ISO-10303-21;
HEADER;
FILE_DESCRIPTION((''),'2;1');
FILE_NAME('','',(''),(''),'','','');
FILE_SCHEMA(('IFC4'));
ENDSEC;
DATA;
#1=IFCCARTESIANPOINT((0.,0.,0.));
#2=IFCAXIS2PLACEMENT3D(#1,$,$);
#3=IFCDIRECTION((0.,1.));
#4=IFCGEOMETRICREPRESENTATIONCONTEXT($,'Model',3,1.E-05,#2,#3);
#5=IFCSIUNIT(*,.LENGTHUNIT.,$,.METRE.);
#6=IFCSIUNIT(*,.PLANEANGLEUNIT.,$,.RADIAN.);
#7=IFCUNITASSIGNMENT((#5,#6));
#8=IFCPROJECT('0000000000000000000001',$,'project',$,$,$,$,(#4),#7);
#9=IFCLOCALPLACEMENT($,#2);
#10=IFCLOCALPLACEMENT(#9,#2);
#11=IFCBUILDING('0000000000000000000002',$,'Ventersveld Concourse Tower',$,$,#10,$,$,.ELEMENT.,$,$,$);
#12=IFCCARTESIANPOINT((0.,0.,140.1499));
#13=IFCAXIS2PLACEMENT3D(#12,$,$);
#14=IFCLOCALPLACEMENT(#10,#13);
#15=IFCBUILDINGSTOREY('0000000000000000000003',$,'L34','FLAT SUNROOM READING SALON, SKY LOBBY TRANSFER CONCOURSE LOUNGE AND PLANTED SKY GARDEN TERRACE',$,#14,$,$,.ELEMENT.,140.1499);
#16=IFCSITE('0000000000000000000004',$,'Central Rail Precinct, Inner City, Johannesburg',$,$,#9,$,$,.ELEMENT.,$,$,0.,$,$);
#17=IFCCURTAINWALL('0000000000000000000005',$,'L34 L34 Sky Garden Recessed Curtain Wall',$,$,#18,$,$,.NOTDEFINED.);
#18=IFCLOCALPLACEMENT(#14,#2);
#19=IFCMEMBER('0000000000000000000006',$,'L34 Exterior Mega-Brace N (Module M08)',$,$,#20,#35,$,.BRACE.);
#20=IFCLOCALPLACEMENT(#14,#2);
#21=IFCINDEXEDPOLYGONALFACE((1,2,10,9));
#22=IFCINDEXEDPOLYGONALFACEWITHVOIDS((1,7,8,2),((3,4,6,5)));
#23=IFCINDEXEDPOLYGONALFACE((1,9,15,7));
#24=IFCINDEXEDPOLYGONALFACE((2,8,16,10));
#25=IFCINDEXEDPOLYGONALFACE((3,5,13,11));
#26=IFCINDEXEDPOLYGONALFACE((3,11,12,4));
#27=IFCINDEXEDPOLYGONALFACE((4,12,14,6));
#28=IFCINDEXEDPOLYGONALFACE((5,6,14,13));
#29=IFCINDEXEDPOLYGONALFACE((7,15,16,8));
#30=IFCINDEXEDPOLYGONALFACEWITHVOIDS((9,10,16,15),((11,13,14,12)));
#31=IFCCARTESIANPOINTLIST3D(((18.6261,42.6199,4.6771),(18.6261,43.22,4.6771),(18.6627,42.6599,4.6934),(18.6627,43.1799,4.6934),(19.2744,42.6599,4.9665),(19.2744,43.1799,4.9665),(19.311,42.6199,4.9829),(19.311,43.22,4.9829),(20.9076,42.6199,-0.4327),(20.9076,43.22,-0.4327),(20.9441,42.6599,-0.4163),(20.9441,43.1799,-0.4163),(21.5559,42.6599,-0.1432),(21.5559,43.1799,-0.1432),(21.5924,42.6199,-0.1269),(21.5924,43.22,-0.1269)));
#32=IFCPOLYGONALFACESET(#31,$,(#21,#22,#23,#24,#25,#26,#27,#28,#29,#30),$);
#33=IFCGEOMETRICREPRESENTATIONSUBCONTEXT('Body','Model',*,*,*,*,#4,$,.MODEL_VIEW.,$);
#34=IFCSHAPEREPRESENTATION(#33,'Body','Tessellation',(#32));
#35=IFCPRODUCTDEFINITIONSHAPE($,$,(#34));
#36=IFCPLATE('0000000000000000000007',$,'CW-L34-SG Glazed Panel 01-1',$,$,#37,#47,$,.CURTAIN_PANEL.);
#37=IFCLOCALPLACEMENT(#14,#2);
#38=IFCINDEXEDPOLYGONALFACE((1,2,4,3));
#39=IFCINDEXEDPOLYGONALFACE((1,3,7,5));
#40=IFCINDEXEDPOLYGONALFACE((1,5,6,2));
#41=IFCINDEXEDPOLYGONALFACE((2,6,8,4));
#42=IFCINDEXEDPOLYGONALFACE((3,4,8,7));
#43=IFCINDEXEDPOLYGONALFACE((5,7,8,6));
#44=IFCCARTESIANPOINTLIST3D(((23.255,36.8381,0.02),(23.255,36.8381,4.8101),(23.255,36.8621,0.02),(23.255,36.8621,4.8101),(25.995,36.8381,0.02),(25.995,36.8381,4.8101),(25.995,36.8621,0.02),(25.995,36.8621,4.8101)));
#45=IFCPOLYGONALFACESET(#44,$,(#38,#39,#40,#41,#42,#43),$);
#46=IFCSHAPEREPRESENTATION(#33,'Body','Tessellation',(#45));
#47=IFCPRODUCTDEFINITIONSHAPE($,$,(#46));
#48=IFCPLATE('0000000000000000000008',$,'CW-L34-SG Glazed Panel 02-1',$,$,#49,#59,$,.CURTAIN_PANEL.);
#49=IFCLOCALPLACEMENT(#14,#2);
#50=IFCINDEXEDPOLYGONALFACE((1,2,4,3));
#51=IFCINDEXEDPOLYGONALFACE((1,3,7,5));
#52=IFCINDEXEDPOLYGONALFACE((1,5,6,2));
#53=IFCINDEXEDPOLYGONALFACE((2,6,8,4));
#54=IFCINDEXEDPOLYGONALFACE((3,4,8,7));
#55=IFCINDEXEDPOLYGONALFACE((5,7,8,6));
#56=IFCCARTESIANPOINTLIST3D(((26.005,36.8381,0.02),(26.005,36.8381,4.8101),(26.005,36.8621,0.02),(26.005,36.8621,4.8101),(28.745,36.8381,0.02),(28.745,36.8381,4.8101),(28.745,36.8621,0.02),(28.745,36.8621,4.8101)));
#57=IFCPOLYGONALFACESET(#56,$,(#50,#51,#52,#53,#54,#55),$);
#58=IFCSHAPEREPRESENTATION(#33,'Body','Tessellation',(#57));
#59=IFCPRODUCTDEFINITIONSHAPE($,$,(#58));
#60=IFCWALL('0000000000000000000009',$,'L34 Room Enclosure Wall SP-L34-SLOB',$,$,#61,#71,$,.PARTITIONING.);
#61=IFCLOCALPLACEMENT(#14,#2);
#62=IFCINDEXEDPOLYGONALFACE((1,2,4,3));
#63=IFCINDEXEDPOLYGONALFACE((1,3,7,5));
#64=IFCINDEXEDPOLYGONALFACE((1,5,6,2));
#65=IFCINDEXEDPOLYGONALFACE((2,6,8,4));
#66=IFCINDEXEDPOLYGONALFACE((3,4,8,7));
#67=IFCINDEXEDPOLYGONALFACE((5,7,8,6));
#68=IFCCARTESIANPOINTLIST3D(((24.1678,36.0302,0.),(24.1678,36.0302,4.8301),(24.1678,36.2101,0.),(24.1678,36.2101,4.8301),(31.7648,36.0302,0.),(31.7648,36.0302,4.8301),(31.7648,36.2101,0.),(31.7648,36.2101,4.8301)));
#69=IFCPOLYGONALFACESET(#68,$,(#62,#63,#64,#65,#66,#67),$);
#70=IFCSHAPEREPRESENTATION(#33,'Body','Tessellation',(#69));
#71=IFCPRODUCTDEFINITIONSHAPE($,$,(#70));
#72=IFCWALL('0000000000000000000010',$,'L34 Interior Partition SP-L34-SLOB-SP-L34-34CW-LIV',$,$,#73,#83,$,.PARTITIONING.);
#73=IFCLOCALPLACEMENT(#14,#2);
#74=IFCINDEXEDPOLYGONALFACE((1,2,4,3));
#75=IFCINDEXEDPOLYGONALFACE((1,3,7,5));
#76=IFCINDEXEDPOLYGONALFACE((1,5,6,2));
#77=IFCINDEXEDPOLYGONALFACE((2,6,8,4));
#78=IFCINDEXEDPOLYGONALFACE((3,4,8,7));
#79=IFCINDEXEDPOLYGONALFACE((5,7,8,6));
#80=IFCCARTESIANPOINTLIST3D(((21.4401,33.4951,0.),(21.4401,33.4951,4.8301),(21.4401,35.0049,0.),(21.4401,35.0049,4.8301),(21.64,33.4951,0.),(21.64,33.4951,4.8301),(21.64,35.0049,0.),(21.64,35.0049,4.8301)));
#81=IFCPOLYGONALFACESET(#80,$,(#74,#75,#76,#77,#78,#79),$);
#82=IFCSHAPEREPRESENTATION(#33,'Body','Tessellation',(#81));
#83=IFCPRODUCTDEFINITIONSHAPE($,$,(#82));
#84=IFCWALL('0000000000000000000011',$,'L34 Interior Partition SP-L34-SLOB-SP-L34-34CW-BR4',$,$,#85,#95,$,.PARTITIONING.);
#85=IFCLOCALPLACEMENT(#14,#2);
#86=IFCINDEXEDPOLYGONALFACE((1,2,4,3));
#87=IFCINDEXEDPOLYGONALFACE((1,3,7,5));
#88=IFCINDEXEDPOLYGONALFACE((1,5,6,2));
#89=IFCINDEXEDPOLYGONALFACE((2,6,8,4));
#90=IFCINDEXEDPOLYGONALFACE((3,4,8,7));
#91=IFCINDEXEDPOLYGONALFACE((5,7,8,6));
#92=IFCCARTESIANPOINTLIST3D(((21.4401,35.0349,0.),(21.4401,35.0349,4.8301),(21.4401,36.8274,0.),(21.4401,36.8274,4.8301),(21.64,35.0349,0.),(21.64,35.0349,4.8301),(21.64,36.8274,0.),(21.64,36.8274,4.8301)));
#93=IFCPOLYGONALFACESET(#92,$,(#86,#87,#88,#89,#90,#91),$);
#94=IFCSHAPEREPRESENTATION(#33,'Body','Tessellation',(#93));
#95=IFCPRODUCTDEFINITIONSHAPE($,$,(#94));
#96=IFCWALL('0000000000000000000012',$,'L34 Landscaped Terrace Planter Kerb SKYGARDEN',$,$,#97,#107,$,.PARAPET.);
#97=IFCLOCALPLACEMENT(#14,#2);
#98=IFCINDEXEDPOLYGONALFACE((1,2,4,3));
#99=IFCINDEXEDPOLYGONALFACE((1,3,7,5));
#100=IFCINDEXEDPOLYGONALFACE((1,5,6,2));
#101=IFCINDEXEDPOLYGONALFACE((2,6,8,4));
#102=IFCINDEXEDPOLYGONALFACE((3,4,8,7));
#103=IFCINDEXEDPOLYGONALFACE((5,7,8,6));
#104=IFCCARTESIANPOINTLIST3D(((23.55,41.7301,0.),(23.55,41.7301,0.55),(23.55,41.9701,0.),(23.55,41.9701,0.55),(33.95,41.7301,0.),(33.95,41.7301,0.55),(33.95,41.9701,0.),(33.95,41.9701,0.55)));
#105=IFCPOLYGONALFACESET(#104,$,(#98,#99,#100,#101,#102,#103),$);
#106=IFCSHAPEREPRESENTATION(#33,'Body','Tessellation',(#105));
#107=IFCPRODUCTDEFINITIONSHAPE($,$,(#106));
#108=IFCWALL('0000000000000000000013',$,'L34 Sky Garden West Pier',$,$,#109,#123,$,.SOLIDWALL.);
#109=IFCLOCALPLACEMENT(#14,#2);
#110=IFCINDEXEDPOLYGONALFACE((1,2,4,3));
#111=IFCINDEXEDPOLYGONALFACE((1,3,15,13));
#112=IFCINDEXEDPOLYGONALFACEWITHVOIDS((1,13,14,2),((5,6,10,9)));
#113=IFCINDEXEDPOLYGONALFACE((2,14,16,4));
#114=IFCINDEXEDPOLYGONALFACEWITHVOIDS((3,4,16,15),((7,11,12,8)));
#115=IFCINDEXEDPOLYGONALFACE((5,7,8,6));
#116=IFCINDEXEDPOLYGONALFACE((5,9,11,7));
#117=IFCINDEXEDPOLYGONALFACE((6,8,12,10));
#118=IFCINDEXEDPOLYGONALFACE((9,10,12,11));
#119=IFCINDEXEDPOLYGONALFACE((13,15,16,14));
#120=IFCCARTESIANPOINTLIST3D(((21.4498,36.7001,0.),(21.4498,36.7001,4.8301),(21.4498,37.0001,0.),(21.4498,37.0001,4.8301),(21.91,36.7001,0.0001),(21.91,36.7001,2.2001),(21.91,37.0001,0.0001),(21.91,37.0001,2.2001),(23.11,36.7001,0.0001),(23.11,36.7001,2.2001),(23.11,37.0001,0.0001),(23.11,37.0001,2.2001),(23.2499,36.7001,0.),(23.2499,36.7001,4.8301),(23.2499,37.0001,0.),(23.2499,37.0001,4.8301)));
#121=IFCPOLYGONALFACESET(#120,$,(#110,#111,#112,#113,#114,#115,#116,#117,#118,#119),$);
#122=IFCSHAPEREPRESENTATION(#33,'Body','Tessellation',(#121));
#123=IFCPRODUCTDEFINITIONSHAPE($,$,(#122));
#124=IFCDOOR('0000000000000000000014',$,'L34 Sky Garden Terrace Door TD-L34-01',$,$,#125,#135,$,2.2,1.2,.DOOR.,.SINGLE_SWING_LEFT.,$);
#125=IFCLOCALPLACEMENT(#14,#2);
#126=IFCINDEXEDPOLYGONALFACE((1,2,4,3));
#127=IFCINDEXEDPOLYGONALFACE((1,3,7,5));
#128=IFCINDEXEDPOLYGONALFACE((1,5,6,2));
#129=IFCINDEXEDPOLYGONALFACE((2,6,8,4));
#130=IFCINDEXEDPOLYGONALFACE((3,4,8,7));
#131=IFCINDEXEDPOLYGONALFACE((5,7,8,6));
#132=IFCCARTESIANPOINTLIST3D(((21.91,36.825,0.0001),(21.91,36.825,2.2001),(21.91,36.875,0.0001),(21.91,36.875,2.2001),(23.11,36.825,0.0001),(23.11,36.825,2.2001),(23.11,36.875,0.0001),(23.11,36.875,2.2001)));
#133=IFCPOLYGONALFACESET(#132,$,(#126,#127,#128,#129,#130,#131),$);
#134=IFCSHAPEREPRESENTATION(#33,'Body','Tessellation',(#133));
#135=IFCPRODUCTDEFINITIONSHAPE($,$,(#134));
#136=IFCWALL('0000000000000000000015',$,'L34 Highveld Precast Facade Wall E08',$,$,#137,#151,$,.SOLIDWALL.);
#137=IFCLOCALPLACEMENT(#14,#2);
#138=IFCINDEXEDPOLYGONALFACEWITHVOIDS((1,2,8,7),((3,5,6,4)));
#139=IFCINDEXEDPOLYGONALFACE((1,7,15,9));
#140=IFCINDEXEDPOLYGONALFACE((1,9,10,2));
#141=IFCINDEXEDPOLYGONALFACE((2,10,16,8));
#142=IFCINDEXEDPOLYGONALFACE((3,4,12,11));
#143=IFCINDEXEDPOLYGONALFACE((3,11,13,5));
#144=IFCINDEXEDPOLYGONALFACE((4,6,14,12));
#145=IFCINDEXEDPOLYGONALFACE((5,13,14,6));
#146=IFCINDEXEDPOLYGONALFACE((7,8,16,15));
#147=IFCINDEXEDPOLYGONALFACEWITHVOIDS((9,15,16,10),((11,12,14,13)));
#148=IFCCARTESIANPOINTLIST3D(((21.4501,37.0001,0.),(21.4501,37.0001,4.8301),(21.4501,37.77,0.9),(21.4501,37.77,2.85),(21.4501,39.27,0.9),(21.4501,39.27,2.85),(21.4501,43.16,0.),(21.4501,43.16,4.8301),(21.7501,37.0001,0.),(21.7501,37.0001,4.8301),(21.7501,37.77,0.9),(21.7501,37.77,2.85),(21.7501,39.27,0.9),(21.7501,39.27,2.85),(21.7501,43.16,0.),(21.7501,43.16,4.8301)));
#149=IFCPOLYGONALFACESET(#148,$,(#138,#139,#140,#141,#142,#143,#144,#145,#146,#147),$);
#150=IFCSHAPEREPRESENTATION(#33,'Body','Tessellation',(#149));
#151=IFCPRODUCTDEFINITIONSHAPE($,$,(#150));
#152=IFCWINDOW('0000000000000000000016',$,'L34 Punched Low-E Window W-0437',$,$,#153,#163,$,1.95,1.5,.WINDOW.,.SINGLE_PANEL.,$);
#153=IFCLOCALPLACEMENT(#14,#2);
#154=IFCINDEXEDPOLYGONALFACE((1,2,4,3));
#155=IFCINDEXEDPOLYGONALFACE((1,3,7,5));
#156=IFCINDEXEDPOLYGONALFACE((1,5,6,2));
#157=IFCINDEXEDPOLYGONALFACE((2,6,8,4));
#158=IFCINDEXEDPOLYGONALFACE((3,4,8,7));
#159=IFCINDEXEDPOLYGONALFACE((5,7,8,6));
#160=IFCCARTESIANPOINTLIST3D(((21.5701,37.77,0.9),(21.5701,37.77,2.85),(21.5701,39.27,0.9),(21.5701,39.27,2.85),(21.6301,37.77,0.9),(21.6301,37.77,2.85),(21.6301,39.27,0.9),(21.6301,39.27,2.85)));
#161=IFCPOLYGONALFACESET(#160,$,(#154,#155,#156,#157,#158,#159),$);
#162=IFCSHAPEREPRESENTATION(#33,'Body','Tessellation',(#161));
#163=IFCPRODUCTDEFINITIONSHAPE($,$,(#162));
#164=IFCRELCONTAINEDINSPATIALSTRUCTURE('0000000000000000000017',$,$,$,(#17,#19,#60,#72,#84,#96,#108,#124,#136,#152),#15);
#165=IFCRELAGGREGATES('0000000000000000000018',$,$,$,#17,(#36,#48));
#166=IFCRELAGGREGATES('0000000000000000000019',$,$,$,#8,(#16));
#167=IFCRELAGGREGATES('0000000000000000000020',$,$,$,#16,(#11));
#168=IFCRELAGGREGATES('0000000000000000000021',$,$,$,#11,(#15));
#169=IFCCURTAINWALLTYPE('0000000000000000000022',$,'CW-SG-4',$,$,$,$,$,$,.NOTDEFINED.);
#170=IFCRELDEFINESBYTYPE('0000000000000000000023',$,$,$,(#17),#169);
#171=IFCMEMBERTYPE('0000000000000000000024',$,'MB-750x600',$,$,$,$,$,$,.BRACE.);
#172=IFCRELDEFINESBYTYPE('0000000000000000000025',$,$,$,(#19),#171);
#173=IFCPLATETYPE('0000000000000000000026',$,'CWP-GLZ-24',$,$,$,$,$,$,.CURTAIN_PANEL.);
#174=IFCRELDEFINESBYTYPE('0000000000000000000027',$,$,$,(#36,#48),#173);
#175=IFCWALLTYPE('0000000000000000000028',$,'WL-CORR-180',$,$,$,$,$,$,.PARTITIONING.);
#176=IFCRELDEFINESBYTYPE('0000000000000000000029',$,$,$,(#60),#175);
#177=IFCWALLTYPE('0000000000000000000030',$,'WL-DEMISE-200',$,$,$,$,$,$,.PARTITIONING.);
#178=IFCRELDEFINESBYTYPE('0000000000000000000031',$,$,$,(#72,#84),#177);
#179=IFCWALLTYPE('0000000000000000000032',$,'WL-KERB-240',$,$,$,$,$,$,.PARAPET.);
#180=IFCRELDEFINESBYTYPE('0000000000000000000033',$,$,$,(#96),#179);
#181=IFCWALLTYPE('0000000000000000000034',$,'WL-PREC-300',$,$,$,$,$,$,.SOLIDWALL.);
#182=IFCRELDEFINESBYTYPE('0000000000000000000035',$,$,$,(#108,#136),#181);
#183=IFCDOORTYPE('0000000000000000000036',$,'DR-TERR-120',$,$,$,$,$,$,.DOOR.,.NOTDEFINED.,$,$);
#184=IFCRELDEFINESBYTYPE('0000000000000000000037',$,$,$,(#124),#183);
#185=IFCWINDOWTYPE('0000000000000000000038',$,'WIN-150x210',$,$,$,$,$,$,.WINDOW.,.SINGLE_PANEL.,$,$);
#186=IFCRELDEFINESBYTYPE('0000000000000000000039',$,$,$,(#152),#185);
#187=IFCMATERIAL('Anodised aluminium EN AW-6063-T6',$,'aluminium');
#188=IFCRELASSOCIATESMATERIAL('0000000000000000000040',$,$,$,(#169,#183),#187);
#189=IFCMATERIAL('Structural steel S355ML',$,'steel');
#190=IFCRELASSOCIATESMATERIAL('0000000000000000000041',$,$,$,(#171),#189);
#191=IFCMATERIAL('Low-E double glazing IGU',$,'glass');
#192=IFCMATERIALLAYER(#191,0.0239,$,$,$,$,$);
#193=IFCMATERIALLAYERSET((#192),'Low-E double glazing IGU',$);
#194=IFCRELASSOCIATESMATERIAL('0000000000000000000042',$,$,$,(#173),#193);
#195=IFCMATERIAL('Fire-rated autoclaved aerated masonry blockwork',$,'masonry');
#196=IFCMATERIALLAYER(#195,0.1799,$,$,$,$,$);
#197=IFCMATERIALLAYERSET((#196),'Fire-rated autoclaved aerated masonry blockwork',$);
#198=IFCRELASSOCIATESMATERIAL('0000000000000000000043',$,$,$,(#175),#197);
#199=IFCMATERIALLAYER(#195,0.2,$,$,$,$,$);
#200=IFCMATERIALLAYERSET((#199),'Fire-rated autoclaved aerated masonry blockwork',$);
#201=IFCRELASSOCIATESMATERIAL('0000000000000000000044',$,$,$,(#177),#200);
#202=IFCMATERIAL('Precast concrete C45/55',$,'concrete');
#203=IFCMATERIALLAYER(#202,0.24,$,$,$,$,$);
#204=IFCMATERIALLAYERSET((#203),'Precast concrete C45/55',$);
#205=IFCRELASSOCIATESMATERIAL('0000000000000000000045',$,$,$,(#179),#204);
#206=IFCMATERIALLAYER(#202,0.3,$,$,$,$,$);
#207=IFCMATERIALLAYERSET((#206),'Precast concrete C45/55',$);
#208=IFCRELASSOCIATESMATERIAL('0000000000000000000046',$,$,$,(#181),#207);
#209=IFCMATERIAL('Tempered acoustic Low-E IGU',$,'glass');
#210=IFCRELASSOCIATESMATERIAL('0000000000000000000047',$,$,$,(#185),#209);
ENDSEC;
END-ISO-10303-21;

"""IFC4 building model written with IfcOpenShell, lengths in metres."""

from ifc_helpers import new_model, si_unit, direction, frame, frame_2d, origin, origin_2d, place, context, subcontext, project, spatial, rectangle, hollow_rectangle, extrude, material, layer, layer_set, material_profile, profile_set, type_object, element, fill, aggregate, save


model = new_model("IFC4")

# Units and contexts
model_context = context("Model", 3, precision=1e-05, world=origin(), true_north=direction((0.0, 1.0)))
body_context = subcontext(model_context, "Body", "Model", "MODEL_VIEW")
ifc_project = project(units=[si_unit("LENGTHUNIT", "METRE"), si_unit("PLANEANGLEUNIT", "RADIAN")], contexts=[model_context])

# Site, building, storey
site_placement = place(None, origin())
site = spatial("IfcSite", under=ifc_project, at=site_placement, Name="Central Rail Precinct, Inner City, Johannesburg", CompositionType="ELEMENT", RefElevation=0.0)
building_placement = place(site_placement, origin())
building = spatial("IfcBuilding", under=site, at=building_placement, Name="Ventersveld Concourse Tower", CompositionType="ELEMENT")
storey_placement = place(building_placement, frame((0.0, 0.0, 140.1499)))
storey = spatial("IfcBuildingStorey", under=building, at=storey_placement, Name="L34", Description="FLAT SUNROOM READING SALON, SKY LOBBY TRANSFER CONCOURSE LOUNGE AND PLANTED SKY GARDEN TERRACE", CompositionType="ELEMENT", Elevation=140.1499)

# Curtain wall
ifc_material_1 = material(Name="Anodised aluminium EN AW-6063-T6", Category="aluminium")
curtain_wall_type = type_object("IfcCurtainWallType", Name="CW-SG-4", PredefinedType="NOTDEFINED", material=ifc_material_1)
curtain_wall_placement = place(storey_placement, origin())
curtain_wall = element("IfcCurtainWall", 1, at=curtain_wall_placement, inside=storey, type_object=curtain_wall_type, Name="L34 L34 Sky Garden Recessed Curtain Wall", PredefinedType="NOTDEFINED")

# Member
ifc_material_2 = material(Name="Structural steel S355ML", Category="steel")
ifc_material_profile_1 = material_profile(ifc_material_2, hollow_rectangle(XDim=0.6001, YDim=0.75, WallThickness=0.04, at=origin_2d()), Name="BOX 750x600x40")
ifc_profile_set_1 = profile_set([ifc_material_profile_1], Name="Structural steel S355ML")
member_type_1 = type_object("IfcMemberType", Name="MB-750x600", PredefinedType="BRACE", material=ifc_profile_set_1)
member_1_placement = place(storey_placement, frame((21.25, 42.9199, -0.2798), z_axis=(-0.407696, 0.0, 0.913118), x_axis=(0.0, -1.0, 0.0)))
element("IfcMember", 2, at=member_1_placement, inside=storey, type_object=member_type_1, Name="L34 Exterior Mega-Brace N (Module M08)", PredefinedType="BRACE", context=body_context, shape_type="SweptSolid", body=[
    extrude(hollow_rectangle(XDim=0.6001, YDim=0.75, WallThickness=0.04, at=origin_2d()), origin(), (0.0, 0.0, 1.0), 5.5959),
])

# Plates
ifc_material_3 = material(Name="Low-E double glazing IGU", Category="glass")
ifc_layer_1 = layer(ifc_material_3, 0.0239)
ifc_layer_set_1 = layer_set([ifc_layer_1], Name="Low-E double glazing IGU")
plate_type = type_object("IfcPlateType", Name="CWP-GLZ-24", PredefinedType="CURTAIN_PANEL", material=ifc_layer_set_1)
plate_1_placement = place(storey_placement, frame((24.625, 36.8501, 0.02), z_axis=(0.0, 0.0, 1.0), x_axis=(1.0, 0.0, 0.0)))
plate_1 = element("IfcPlate", 3, at=plate_1_placement, type_object=plate_type, Name="CW-L34-SG Glazed Panel 01-1", PredefinedType="CURTAIN_PANEL", context=body_context, shape_type="SweptSolid", body=[
    extrude(rectangle(XDim=2.74, YDim=0.0239, at=origin_2d()), origin(), (0.0, 0.0, 1.0), 4.79),
])
plate_2_placement = place(storey_placement, frame((27.375, 36.8501, 0.02), z_axis=(0.0, 0.0, 1.0), x_axis=(1.0, 0.0, 0.0)))
plate_2 = element("IfcPlate", 4, at=plate_2_placement, type_object=plate_type, Name="CW-L34-SG Glazed Panel 02-1", PredefinedType="CURTAIN_PANEL", context=body_context, shape_type="SweptSolid", body=[
    extrude(rectangle(XDim=2.74, YDim=0.0239, at=origin_2d()), origin(), (0.0, 0.0, 1.0), 4.79),
])
aggregate(curtain_wall, [plate_1, plate_2])

# Walls
ifc_material_4 = material(Name="Fire-rated autoclaved aerated masonry blockwork", Category="masonry")
ifc_layer_2 = layer(ifc_material_4, 0.1799)
ifc_layer_set_2 = layer_set([ifc_layer_2], Name="Fire-rated autoclaved aerated masonry blockwork")
wall_type_1 = type_object("IfcWallType", Name="WL-CORR-180", PredefinedType="PARTITIONING", material=ifc_layer_set_2)
wall_1_placement = place(storey_placement, frame((24.168, 36.1201, 0.0), z_axis=(0.0, 0.0, 1.0), x_axis=(1.0, 0.0, 0.0)))
element("IfcWall", 5, at=wall_1_placement, inside=storey, type_object=wall_type_1, Name="L34 Room Enclosure Wall SP-L34-SLOB", PredefinedType="PARTITIONING", context=body_context, shape_type="SweptSolid", body=[
    extrude(rectangle(XDim=7.5969, YDim=0.1799, at=frame_2d((3.7983, 0.0))), origin(), (0.0, 0.0, 1.0), 4.8301),
])
ifc_layer_3 = layer(ifc_material_4, 0.2)
ifc_layer_set_3 = layer_set([ifc_layer_3], Name="Fire-rated autoclaved aerated masonry blockwork")
wall_type_2 = type_object("IfcWallType", Name="WL-DEMISE-200", PredefinedType="PARTITIONING", material=ifc_layer_set_3)
wall_2_placement = place(storey_placement, frame((21.54, 33.4951, 0.0), z_axis=(0.0, 0.0, 1.0), x_axis=(0.0, 1.0, 0.0)))
element("IfcWall", 6, at=wall_2_placement, inside=storey, type_object=wall_type_2, Name="L34 Interior Partition SP-L34-SLOB-SP-L34-34CW-LIV", PredefinedType="PARTITIONING", context=body_context, shape_type="SweptSolid", body=[
    extrude(rectangle(XDim=1.5098, YDim=0.2, at=frame_2d((0.7549, 0.0))), origin(), (0.0, 0.0, 1.0), 4.8301),
])
wall_3_placement = place(storey_placement, frame((21.54, 35.0349, 0.0), z_axis=(0.0, 0.0, 1.0), x_axis=(0.0, 1.0, 0.0)))
element("IfcWall", 7, at=wall_3_placement, inside=storey, type_object=wall_type_2, Name="L34 Interior Partition SP-L34-SLOB-SP-L34-34CW-BR4", PredefinedType="PARTITIONING", context=body_context, shape_type="SweptSolid", body=[
    extrude(rectangle(XDim=1.7925, YDim=0.2, at=frame_2d((0.8962, 0.0))), origin(), (0.0, 0.0, 1.0), 4.8301),
])
ifc_material_5 = material(Name="Precast concrete C45/55", Category="concrete")
ifc_layer_4 = layer(ifc_material_5, 0.24)
ifc_layer_set_4 = layer_set([ifc_layer_4], Name="Precast concrete C45/55")
wall_type_3 = type_object("IfcWallType", Name="WL-KERB-240", PredefinedType="PARAPET", material=ifc_layer_set_4)
wall_4_placement = place(storey_placement, frame((23.55, 41.8501, 0.0), z_axis=(0.0, 0.0, 1.0), x_axis=(1.0, 0.0, 0.0)))
element("IfcWall", 8, at=wall_4_placement, inside=storey, type_object=wall_type_3, Name="L34 Landscaped Terrace Planter Kerb SKYGARDEN", PredefinedType="PARAPET", context=body_context, shape_type="SweptSolid", body=[
    extrude(rectangle(XDim=10.3999, YDim=0.24, at=frame_2d((5.2, 0.0))), origin(), (0.0, 0.0, 1.0), 0.55),
])

# Wall, opening, door
ifc_layer_5 = layer(ifc_material_5, 0.3)
ifc_layer_set_5 = layer_set([ifc_layer_5], Name="Precast concrete C45/55")
wall_type_4 = type_object("IfcWallType", Name="WL-PREC-300", PredefinedType="SOLIDWALL", material=ifc_layer_set_5)
wall_5_placement = place(storey_placement, frame((21.45, 36.8501, 0.0), z_axis=(0.0, 0.0, 1.0), x_axis=(1.0, 0.0, 0.0)))
wall_5 = element("IfcWall", 9, at=wall_5_placement, inside=storey, type_object=wall_type_4, Name="L34 Sky Garden West Pier", PredefinedType="SOLIDWALL", context=body_context, shape_type="SweptSolid", body=[
    extrude(rectangle(XDim=1.8, YDim=0.3, at=frame_2d((0.8999, 0.0))), origin(), (0.0, 0.0, 1.0), 4.8301),
])
opening_1_placement = place(wall_5_placement, frame((0.46, 0.0, 0.0)))
opening_1 = element("IfcOpeningElement", 10, at=opening_1_placement, cuts=wall_5, PredefinedType="OPENING", context=body_context, shape_type="SweptSolid", body=[
    extrude(rectangle(XDim=1.2, YDim=2.2, at=frame_2d((0.6001, 1.1001))), frame((0.0, 0.1602, 0.0), z_axis=(0.0, -1.0, 0.0), x_axis=(1.0, 0.0, 0.0)), (0.0, 0.0, 1.0), 0.3201),
])
door_type = type_object("IfcDoorType", Name="DR-TERR-120", OperationType="NOTDEFINED", PredefinedType="DOOR", material=ifc_material_1)
door_placement = place(opening_1_placement, origin())
door = element("IfcDoor", 11, at=door_placement, inside=storey, type_object=door_type, Name="L34 Sky Garden Terrace Door TD-L34-01", OperationType="SINGLE_SWING_LEFT", OverallHeight=2.2, OverallWidth=1.2, PredefinedType="DOOR", context=body_context, shape_type="SweptSolid", body=[
    extrude(rectangle(XDim=1.2, YDim=2.2, at=frame_2d((0.6001, 1.1001))), frame((0.0, 0.0249, 0.0), z_axis=(0.0, -1.0, 0.0), x_axis=(1.0, 0.0, 0.0)), (0.0, 0.0, 1.0), 0.05),
])
fill(opening_1, door)

# Wall, opening, window
wall_6_placement = place(storey_placement, frame((21.6001, 37.0, 0.0), z_axis=(0.0, 0.0, 1.0), x_axis=(0.0, 1.0, 0.0)))
wall_6 = element("IfcWall", 12, at=wall_6_placement, inside=storey, type_object=wall_type_4, Name="L34 Highveld Precast Facade Wall E08", PredefinedType="SOLIDWALL", context=body_context, shape_type="SweptSolid", body=[
    extrude(rectangle(XDim=6.1599, YDim=0.3, at=frame_2d((3.0801, 0.0))), origin(), (0.0, 0.0, 1.0), 4.8301),
])
opening_2_placement = place(wall_6_placement, frame((0.77, 0.0, 0.8999)))
opening_2 = element("IfcOpeningElement", 13, at=opening_2_placement, cuts=wall_6, PredefinedType="OPENING", context=body_context, shape_type="SweptSolid", body=[
    extrude(rectangle(XDim=1.5, YDim=1.95, at=frame_2d((0.75, 0.9751))), frame((0.0, 0.1602, 0.0), z_axis=(0.0, -1.0, 0.0), x_axis=(1.0, 0.0, 0.0)), (0.0, 0.0, 1.0), 0.3201),
])
ifc_material_6 = material(Name="Tempered acoustic Low-E IGU", Category="glass")
window_type = type_object("IfcWindowType", Name="WIN-150x210", PartitioningType="SINGLE_PANEL", PredefinedType="WINDOW", material=ifc_material_6)
window_1_placement = place(opening_2_placement, origin())
window_1 = element("IfcWindow", 14, at=window_1_placement, inside=storey, type_object=window_type, Name="L34 Punched Low-E Window W-0437", OverallHeight=1.95, OverallWidth=1.5, PartitioningType="SINGLE_PANEL", PredefinedType="WINDOW", context=body_context, shape_type="SweptSolid", body=[
    extrude(rectangle(XDim=1.5, YDim=1.95, at=frame_2d((0.75, 0.9751))), frame((0.0, 0.03, 0.0), z_axis=(0.0, -1.0, 0.0), x_axis=(1.0, 0.0, 0.0)), (0.0, 0.0, 1.0), 0.0601),
])
fill(opening_2, window_1)

save(model, "model.ifc")
